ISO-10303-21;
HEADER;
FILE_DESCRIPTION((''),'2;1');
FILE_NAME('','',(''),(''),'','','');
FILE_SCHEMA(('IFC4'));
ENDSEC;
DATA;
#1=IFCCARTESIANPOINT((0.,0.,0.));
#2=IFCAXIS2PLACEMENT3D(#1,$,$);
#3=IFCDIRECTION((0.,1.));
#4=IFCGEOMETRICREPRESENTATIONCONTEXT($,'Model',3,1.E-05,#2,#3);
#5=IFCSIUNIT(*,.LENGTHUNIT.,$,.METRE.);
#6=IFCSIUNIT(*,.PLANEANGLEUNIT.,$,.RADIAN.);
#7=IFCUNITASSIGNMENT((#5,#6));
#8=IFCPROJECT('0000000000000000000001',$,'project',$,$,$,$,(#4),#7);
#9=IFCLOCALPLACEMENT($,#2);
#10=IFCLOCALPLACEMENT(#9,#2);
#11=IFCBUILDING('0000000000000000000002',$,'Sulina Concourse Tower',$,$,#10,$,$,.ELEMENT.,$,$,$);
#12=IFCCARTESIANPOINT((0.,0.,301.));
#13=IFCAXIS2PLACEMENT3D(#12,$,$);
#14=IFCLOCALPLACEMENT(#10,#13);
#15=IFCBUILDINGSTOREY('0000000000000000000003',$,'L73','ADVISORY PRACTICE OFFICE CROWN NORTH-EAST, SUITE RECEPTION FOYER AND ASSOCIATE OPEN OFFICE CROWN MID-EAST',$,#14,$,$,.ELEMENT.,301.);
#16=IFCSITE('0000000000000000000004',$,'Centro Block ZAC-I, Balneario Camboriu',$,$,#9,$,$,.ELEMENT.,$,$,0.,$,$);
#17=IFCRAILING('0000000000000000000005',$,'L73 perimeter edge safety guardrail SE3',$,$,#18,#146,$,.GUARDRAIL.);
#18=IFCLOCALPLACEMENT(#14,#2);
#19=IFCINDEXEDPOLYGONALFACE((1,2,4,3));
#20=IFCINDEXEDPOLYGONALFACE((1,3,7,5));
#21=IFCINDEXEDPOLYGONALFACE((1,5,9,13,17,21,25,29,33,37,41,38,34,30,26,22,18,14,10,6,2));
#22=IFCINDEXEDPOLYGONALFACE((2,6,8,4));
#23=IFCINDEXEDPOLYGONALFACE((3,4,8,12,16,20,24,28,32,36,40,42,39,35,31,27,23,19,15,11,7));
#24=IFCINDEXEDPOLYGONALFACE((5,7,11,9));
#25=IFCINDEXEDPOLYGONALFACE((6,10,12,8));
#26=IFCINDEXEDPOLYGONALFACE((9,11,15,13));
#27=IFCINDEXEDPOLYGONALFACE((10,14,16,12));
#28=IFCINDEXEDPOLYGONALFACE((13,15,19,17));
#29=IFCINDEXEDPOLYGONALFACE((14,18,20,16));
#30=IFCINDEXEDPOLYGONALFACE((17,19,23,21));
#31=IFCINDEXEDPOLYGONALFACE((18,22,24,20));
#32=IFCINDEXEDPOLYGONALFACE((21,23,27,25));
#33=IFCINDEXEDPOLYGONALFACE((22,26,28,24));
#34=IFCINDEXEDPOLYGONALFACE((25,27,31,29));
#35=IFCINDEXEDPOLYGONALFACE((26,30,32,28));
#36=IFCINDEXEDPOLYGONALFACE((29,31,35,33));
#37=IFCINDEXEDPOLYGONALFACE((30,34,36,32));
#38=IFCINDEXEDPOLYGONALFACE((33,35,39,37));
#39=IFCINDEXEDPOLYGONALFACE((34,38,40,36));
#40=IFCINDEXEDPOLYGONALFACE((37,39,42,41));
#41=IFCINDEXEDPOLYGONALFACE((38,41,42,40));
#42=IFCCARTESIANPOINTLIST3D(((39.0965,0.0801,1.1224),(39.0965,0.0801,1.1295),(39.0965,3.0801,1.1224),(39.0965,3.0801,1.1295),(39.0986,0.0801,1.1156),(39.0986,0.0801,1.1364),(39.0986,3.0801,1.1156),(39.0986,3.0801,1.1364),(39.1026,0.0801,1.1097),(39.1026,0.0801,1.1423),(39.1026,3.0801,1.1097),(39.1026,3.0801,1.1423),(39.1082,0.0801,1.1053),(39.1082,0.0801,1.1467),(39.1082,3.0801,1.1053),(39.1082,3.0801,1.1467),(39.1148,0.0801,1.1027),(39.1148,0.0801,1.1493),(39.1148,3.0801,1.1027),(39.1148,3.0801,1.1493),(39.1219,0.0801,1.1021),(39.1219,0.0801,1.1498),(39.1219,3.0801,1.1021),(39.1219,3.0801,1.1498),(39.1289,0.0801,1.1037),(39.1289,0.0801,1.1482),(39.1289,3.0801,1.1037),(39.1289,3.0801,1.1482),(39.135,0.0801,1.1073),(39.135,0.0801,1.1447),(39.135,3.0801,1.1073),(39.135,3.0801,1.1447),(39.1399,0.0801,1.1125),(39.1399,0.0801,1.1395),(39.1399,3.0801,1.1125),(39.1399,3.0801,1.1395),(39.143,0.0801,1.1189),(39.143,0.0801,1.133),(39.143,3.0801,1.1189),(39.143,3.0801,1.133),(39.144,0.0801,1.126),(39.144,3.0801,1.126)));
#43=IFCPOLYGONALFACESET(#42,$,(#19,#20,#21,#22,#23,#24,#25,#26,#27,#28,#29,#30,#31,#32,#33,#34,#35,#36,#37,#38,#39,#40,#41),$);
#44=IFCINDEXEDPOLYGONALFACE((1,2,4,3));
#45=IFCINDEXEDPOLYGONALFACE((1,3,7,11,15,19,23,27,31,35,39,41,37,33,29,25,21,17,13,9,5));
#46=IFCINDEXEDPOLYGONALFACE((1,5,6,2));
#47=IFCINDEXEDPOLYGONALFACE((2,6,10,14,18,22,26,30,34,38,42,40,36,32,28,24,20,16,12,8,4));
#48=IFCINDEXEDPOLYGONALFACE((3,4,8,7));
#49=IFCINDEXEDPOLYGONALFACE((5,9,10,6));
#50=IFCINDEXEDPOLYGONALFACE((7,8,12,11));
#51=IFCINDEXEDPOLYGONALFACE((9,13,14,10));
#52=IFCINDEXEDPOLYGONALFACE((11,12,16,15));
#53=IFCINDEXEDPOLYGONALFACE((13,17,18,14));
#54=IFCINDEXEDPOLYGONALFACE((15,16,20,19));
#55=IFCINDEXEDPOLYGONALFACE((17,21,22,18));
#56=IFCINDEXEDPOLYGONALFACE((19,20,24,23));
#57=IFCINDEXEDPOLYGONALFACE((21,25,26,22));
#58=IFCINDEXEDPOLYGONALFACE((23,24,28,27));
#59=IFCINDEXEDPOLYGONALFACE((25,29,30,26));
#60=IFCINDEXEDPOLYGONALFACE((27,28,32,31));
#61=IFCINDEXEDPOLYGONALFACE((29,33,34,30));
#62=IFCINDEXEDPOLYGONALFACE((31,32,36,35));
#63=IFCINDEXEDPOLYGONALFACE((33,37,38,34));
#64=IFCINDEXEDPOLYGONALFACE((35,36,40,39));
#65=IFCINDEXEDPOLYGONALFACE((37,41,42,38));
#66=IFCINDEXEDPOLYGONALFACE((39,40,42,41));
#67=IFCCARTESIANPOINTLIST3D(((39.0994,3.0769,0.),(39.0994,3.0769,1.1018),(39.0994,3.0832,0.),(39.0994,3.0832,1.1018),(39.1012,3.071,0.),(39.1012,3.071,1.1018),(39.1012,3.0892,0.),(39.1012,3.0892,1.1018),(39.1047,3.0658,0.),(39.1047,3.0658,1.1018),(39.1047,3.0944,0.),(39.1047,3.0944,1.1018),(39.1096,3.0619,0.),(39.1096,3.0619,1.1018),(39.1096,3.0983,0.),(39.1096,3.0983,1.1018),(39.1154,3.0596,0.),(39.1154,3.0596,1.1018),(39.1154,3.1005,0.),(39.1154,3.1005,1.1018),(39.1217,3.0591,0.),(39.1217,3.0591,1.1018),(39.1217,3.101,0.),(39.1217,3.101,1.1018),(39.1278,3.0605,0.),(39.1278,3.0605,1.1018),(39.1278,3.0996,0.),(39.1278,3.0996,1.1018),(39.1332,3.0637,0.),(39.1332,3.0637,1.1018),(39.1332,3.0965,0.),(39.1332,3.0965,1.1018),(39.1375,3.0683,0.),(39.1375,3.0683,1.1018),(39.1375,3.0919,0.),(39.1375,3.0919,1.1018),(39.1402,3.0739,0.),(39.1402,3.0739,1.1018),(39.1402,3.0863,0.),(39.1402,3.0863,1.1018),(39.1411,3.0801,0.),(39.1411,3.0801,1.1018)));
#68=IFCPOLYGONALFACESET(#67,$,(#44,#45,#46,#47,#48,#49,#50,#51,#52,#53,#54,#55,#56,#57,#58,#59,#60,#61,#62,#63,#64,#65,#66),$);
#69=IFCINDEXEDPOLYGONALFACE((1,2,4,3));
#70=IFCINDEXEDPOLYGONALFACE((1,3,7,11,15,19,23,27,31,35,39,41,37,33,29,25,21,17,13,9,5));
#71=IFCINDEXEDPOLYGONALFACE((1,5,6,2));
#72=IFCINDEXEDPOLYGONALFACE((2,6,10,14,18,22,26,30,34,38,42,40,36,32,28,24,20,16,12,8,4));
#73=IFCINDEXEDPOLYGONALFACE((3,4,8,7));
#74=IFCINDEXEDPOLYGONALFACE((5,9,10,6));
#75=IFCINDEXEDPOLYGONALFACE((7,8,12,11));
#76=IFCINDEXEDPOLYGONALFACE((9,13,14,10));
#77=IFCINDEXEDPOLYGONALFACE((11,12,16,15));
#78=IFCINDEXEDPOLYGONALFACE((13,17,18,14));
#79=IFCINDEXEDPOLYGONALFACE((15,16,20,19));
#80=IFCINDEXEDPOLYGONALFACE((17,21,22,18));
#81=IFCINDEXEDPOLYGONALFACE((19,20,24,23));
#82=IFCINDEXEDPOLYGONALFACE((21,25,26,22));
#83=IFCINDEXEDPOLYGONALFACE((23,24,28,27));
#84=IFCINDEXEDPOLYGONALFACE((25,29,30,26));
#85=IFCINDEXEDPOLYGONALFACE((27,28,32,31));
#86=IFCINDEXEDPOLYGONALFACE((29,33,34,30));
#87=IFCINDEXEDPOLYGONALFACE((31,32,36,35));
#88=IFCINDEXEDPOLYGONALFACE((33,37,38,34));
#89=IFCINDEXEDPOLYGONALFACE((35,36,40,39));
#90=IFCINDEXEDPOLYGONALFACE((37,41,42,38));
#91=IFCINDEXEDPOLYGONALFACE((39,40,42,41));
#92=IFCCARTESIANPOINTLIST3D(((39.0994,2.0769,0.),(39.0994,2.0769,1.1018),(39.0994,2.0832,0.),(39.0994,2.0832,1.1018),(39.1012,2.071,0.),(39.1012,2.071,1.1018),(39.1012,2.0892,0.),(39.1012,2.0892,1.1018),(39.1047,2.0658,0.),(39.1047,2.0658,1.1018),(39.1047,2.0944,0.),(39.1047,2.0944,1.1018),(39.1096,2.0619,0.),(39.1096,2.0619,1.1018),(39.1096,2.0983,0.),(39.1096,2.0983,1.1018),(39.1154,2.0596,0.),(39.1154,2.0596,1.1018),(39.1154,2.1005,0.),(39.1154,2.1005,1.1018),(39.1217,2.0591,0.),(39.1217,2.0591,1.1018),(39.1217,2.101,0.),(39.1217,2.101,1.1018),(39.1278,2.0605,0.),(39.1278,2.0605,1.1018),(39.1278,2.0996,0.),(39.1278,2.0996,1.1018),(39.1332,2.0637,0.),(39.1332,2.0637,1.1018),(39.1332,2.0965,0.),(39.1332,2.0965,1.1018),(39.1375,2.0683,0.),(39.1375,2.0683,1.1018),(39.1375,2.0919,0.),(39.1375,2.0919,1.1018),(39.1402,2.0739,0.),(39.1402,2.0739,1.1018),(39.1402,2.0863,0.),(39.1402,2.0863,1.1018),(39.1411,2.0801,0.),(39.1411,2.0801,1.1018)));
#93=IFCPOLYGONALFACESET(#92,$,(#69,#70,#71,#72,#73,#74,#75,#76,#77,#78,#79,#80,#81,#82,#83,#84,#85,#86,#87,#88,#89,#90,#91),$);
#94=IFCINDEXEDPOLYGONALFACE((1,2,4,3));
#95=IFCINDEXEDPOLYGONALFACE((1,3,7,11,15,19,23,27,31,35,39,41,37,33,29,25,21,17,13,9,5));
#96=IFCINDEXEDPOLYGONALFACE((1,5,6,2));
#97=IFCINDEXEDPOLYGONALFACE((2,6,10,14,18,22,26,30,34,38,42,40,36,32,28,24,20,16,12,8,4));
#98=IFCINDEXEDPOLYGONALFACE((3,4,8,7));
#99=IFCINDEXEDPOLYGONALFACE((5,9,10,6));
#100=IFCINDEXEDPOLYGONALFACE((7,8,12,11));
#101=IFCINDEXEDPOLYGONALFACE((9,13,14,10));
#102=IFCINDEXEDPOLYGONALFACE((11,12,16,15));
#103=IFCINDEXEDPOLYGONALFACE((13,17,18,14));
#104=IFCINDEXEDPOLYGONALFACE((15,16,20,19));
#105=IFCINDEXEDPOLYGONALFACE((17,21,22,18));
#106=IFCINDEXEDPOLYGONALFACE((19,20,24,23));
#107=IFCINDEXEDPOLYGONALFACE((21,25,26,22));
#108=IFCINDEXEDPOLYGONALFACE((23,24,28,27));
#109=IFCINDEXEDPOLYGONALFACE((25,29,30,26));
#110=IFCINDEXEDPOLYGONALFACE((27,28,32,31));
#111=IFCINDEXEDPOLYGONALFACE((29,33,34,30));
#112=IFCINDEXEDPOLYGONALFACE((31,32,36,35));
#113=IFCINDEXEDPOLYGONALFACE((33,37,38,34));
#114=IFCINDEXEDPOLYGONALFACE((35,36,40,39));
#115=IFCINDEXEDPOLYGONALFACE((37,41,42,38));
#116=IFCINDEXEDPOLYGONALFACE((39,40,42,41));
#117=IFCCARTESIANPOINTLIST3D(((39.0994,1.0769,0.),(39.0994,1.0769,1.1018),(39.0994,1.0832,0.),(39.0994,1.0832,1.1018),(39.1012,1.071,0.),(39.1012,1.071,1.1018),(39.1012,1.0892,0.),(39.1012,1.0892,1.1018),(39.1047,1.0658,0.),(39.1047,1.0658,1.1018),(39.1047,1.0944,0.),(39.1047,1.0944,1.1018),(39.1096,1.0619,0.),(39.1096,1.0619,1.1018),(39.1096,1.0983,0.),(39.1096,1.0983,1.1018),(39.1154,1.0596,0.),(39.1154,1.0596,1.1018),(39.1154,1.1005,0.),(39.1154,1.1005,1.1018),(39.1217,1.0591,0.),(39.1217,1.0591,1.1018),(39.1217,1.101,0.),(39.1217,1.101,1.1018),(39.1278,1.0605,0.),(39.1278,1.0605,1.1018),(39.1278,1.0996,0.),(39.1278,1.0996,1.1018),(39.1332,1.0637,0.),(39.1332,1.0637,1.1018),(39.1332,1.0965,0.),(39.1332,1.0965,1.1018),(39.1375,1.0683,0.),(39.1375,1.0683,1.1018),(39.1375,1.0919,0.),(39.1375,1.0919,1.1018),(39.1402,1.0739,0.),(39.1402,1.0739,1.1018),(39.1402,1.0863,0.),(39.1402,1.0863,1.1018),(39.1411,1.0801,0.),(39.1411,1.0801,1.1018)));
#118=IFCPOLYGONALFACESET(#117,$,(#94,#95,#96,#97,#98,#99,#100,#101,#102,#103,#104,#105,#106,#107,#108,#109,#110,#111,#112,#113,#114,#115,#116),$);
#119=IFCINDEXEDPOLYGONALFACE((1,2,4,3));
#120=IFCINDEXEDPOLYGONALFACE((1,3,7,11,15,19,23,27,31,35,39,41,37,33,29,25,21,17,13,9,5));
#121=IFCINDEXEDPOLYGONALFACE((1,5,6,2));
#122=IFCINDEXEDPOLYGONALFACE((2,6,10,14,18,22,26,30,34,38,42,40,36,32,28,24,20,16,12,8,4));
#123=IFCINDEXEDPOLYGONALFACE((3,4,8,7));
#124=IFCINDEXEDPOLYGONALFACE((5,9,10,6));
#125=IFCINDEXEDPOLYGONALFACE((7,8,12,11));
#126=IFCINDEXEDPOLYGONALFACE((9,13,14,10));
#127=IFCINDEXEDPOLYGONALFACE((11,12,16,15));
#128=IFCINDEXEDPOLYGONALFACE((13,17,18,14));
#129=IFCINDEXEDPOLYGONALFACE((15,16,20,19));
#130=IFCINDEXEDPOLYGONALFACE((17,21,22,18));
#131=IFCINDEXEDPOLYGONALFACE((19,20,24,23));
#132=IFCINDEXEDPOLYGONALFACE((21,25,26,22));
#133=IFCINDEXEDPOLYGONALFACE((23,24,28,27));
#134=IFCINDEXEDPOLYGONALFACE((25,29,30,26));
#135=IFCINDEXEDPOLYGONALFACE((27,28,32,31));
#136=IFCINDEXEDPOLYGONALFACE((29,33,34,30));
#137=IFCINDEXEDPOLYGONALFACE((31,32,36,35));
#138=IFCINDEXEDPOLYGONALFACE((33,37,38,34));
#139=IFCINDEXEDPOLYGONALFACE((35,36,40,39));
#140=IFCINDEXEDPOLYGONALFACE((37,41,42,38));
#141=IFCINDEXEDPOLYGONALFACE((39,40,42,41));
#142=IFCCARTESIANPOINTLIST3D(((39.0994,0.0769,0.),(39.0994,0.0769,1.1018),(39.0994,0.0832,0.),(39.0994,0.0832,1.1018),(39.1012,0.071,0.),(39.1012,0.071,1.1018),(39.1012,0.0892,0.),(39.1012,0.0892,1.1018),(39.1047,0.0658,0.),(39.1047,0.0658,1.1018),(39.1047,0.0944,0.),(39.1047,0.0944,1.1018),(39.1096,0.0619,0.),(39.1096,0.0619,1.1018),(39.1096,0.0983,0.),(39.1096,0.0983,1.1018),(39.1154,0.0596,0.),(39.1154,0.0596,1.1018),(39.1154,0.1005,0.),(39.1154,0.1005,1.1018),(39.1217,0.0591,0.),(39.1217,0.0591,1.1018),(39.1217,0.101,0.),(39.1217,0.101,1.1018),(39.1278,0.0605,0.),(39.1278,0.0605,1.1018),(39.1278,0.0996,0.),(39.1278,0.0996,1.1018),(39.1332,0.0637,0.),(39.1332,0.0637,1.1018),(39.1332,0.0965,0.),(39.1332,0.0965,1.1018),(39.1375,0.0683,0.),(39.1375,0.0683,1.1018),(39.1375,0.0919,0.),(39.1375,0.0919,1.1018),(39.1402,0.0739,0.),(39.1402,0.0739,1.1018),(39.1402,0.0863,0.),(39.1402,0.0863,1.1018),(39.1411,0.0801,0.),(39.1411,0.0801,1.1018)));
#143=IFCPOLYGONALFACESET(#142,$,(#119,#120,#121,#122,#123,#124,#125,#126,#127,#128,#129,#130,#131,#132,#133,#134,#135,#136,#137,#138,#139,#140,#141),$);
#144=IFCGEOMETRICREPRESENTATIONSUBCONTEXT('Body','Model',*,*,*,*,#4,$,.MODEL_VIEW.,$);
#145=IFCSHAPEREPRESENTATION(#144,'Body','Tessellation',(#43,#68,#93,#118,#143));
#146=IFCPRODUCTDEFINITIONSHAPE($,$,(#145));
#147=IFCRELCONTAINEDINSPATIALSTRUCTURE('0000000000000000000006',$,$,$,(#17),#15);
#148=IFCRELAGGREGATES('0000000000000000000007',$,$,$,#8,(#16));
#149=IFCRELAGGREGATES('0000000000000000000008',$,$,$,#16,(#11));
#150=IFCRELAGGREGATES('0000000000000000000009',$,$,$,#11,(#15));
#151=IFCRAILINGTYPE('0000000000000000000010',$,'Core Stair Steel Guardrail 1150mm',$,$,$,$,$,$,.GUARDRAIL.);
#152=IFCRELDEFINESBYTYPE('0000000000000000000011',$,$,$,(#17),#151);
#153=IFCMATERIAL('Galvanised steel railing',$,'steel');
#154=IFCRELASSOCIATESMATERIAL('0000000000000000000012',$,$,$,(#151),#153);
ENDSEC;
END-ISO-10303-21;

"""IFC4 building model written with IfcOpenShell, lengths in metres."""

from ifc_helpers import new_model, si_unit, direction, frame, origin, origin_2d, place, context, subcontext, project, spatial, circle, extrude, material, type_object, element, save


model = new_model("IFC4")

# Units and contexts
model_context = context("Model", 3, precision=1e-05, world=origin(), true_north=direction((0.0, 1.0)))
body_context = subcontext(model_context, "Body", "Model", "MODEL_VIEW")
ifc_project = project(units=[si_unit("LENGTHUNIT", "METRE"), si_unit("PLANEANGLEUNIT", "RADIAN")], contexts=[model_context])

# Site, building, storey
site_placement = place(None, origin())
site = spatial("IfcSite", under=ifc_project, at=site_placement, Name="Centro Block ZAC-I, Balneario Camboriu", CompositionType="ELEMENT", RefElevation=0.0)
building_placement = place(site_placement, origin())
building = spatial("IfcBuilding", under=site, at=building_placement, Name="Sulina Concourse Tower", CompositionType="ELEMENT")
storey_placement = place(building_placement, frame((0.0, 0.0, 301.0)))
storey = spatial("IfcBuildingStorey", under=building, at=storey_placement, Name="L73", Description="ADVISORY PRACTICE OFFICE CROWN NORTH-EAST, SUITE RECEPTION FOYER AND ASSOCIATE OPEN OFFICE CROWN MID-EAST", CompositionType="ELEMENT", Elevation=301.0)

# Railing
ifc_material_1 = material(Name="Galvanised steel railing", Category="steel")
railing_type = type_object("IfcRailingType", Name="Core Stair Steel Guardrail 1150mm", PredefinedType="GUARDRAIL", material=ifc_material_1)
railing_1_placement = place(storey_placement, frame((39.1201, 3.0801, 0.0)))
element("IfcRailing", 1, at=railing_1_placement, inside=storey, type_object=railing_type, Name="L73 perimeter edge safety guardrail SE3", PredefinedType="GUARDRAIL", context=body_context, shape_type="SweptSolid", body=[
    extrude(circle(Radius=0.0239, at=origin_2d()), frame((0.0, 0.0, 1.126), z_axis=(0.0, -1.0, 0.0), x_axis=(1.0, 0.0, 0.0)), (0.0, 0.0, 1.0), 3.0),
    extrude(circle(Radius=0.021, at=origin_2d()), origin(), (0.0, 0.0, 1.0), 1.1018),
    extrude(circle(Radius=0.021, at=origin_2d()), frame((0.0, -1.0, 0.0)), (0.0, 0.0, 1.0), 1.1018),
    extrude(circle(Radius=0.021, at=origin_2d()), frame((0.0, -2.0, 0.0)), (0.0, 0.0, 1.0), 1.1018),
    extrude(circle(Radius=0.021, at=origin_2d()), frame((0.0, -3.0, 0.0)), (0.0, 0.0, 1.0), 1.1018),
])

save(model, "model.ifc")
